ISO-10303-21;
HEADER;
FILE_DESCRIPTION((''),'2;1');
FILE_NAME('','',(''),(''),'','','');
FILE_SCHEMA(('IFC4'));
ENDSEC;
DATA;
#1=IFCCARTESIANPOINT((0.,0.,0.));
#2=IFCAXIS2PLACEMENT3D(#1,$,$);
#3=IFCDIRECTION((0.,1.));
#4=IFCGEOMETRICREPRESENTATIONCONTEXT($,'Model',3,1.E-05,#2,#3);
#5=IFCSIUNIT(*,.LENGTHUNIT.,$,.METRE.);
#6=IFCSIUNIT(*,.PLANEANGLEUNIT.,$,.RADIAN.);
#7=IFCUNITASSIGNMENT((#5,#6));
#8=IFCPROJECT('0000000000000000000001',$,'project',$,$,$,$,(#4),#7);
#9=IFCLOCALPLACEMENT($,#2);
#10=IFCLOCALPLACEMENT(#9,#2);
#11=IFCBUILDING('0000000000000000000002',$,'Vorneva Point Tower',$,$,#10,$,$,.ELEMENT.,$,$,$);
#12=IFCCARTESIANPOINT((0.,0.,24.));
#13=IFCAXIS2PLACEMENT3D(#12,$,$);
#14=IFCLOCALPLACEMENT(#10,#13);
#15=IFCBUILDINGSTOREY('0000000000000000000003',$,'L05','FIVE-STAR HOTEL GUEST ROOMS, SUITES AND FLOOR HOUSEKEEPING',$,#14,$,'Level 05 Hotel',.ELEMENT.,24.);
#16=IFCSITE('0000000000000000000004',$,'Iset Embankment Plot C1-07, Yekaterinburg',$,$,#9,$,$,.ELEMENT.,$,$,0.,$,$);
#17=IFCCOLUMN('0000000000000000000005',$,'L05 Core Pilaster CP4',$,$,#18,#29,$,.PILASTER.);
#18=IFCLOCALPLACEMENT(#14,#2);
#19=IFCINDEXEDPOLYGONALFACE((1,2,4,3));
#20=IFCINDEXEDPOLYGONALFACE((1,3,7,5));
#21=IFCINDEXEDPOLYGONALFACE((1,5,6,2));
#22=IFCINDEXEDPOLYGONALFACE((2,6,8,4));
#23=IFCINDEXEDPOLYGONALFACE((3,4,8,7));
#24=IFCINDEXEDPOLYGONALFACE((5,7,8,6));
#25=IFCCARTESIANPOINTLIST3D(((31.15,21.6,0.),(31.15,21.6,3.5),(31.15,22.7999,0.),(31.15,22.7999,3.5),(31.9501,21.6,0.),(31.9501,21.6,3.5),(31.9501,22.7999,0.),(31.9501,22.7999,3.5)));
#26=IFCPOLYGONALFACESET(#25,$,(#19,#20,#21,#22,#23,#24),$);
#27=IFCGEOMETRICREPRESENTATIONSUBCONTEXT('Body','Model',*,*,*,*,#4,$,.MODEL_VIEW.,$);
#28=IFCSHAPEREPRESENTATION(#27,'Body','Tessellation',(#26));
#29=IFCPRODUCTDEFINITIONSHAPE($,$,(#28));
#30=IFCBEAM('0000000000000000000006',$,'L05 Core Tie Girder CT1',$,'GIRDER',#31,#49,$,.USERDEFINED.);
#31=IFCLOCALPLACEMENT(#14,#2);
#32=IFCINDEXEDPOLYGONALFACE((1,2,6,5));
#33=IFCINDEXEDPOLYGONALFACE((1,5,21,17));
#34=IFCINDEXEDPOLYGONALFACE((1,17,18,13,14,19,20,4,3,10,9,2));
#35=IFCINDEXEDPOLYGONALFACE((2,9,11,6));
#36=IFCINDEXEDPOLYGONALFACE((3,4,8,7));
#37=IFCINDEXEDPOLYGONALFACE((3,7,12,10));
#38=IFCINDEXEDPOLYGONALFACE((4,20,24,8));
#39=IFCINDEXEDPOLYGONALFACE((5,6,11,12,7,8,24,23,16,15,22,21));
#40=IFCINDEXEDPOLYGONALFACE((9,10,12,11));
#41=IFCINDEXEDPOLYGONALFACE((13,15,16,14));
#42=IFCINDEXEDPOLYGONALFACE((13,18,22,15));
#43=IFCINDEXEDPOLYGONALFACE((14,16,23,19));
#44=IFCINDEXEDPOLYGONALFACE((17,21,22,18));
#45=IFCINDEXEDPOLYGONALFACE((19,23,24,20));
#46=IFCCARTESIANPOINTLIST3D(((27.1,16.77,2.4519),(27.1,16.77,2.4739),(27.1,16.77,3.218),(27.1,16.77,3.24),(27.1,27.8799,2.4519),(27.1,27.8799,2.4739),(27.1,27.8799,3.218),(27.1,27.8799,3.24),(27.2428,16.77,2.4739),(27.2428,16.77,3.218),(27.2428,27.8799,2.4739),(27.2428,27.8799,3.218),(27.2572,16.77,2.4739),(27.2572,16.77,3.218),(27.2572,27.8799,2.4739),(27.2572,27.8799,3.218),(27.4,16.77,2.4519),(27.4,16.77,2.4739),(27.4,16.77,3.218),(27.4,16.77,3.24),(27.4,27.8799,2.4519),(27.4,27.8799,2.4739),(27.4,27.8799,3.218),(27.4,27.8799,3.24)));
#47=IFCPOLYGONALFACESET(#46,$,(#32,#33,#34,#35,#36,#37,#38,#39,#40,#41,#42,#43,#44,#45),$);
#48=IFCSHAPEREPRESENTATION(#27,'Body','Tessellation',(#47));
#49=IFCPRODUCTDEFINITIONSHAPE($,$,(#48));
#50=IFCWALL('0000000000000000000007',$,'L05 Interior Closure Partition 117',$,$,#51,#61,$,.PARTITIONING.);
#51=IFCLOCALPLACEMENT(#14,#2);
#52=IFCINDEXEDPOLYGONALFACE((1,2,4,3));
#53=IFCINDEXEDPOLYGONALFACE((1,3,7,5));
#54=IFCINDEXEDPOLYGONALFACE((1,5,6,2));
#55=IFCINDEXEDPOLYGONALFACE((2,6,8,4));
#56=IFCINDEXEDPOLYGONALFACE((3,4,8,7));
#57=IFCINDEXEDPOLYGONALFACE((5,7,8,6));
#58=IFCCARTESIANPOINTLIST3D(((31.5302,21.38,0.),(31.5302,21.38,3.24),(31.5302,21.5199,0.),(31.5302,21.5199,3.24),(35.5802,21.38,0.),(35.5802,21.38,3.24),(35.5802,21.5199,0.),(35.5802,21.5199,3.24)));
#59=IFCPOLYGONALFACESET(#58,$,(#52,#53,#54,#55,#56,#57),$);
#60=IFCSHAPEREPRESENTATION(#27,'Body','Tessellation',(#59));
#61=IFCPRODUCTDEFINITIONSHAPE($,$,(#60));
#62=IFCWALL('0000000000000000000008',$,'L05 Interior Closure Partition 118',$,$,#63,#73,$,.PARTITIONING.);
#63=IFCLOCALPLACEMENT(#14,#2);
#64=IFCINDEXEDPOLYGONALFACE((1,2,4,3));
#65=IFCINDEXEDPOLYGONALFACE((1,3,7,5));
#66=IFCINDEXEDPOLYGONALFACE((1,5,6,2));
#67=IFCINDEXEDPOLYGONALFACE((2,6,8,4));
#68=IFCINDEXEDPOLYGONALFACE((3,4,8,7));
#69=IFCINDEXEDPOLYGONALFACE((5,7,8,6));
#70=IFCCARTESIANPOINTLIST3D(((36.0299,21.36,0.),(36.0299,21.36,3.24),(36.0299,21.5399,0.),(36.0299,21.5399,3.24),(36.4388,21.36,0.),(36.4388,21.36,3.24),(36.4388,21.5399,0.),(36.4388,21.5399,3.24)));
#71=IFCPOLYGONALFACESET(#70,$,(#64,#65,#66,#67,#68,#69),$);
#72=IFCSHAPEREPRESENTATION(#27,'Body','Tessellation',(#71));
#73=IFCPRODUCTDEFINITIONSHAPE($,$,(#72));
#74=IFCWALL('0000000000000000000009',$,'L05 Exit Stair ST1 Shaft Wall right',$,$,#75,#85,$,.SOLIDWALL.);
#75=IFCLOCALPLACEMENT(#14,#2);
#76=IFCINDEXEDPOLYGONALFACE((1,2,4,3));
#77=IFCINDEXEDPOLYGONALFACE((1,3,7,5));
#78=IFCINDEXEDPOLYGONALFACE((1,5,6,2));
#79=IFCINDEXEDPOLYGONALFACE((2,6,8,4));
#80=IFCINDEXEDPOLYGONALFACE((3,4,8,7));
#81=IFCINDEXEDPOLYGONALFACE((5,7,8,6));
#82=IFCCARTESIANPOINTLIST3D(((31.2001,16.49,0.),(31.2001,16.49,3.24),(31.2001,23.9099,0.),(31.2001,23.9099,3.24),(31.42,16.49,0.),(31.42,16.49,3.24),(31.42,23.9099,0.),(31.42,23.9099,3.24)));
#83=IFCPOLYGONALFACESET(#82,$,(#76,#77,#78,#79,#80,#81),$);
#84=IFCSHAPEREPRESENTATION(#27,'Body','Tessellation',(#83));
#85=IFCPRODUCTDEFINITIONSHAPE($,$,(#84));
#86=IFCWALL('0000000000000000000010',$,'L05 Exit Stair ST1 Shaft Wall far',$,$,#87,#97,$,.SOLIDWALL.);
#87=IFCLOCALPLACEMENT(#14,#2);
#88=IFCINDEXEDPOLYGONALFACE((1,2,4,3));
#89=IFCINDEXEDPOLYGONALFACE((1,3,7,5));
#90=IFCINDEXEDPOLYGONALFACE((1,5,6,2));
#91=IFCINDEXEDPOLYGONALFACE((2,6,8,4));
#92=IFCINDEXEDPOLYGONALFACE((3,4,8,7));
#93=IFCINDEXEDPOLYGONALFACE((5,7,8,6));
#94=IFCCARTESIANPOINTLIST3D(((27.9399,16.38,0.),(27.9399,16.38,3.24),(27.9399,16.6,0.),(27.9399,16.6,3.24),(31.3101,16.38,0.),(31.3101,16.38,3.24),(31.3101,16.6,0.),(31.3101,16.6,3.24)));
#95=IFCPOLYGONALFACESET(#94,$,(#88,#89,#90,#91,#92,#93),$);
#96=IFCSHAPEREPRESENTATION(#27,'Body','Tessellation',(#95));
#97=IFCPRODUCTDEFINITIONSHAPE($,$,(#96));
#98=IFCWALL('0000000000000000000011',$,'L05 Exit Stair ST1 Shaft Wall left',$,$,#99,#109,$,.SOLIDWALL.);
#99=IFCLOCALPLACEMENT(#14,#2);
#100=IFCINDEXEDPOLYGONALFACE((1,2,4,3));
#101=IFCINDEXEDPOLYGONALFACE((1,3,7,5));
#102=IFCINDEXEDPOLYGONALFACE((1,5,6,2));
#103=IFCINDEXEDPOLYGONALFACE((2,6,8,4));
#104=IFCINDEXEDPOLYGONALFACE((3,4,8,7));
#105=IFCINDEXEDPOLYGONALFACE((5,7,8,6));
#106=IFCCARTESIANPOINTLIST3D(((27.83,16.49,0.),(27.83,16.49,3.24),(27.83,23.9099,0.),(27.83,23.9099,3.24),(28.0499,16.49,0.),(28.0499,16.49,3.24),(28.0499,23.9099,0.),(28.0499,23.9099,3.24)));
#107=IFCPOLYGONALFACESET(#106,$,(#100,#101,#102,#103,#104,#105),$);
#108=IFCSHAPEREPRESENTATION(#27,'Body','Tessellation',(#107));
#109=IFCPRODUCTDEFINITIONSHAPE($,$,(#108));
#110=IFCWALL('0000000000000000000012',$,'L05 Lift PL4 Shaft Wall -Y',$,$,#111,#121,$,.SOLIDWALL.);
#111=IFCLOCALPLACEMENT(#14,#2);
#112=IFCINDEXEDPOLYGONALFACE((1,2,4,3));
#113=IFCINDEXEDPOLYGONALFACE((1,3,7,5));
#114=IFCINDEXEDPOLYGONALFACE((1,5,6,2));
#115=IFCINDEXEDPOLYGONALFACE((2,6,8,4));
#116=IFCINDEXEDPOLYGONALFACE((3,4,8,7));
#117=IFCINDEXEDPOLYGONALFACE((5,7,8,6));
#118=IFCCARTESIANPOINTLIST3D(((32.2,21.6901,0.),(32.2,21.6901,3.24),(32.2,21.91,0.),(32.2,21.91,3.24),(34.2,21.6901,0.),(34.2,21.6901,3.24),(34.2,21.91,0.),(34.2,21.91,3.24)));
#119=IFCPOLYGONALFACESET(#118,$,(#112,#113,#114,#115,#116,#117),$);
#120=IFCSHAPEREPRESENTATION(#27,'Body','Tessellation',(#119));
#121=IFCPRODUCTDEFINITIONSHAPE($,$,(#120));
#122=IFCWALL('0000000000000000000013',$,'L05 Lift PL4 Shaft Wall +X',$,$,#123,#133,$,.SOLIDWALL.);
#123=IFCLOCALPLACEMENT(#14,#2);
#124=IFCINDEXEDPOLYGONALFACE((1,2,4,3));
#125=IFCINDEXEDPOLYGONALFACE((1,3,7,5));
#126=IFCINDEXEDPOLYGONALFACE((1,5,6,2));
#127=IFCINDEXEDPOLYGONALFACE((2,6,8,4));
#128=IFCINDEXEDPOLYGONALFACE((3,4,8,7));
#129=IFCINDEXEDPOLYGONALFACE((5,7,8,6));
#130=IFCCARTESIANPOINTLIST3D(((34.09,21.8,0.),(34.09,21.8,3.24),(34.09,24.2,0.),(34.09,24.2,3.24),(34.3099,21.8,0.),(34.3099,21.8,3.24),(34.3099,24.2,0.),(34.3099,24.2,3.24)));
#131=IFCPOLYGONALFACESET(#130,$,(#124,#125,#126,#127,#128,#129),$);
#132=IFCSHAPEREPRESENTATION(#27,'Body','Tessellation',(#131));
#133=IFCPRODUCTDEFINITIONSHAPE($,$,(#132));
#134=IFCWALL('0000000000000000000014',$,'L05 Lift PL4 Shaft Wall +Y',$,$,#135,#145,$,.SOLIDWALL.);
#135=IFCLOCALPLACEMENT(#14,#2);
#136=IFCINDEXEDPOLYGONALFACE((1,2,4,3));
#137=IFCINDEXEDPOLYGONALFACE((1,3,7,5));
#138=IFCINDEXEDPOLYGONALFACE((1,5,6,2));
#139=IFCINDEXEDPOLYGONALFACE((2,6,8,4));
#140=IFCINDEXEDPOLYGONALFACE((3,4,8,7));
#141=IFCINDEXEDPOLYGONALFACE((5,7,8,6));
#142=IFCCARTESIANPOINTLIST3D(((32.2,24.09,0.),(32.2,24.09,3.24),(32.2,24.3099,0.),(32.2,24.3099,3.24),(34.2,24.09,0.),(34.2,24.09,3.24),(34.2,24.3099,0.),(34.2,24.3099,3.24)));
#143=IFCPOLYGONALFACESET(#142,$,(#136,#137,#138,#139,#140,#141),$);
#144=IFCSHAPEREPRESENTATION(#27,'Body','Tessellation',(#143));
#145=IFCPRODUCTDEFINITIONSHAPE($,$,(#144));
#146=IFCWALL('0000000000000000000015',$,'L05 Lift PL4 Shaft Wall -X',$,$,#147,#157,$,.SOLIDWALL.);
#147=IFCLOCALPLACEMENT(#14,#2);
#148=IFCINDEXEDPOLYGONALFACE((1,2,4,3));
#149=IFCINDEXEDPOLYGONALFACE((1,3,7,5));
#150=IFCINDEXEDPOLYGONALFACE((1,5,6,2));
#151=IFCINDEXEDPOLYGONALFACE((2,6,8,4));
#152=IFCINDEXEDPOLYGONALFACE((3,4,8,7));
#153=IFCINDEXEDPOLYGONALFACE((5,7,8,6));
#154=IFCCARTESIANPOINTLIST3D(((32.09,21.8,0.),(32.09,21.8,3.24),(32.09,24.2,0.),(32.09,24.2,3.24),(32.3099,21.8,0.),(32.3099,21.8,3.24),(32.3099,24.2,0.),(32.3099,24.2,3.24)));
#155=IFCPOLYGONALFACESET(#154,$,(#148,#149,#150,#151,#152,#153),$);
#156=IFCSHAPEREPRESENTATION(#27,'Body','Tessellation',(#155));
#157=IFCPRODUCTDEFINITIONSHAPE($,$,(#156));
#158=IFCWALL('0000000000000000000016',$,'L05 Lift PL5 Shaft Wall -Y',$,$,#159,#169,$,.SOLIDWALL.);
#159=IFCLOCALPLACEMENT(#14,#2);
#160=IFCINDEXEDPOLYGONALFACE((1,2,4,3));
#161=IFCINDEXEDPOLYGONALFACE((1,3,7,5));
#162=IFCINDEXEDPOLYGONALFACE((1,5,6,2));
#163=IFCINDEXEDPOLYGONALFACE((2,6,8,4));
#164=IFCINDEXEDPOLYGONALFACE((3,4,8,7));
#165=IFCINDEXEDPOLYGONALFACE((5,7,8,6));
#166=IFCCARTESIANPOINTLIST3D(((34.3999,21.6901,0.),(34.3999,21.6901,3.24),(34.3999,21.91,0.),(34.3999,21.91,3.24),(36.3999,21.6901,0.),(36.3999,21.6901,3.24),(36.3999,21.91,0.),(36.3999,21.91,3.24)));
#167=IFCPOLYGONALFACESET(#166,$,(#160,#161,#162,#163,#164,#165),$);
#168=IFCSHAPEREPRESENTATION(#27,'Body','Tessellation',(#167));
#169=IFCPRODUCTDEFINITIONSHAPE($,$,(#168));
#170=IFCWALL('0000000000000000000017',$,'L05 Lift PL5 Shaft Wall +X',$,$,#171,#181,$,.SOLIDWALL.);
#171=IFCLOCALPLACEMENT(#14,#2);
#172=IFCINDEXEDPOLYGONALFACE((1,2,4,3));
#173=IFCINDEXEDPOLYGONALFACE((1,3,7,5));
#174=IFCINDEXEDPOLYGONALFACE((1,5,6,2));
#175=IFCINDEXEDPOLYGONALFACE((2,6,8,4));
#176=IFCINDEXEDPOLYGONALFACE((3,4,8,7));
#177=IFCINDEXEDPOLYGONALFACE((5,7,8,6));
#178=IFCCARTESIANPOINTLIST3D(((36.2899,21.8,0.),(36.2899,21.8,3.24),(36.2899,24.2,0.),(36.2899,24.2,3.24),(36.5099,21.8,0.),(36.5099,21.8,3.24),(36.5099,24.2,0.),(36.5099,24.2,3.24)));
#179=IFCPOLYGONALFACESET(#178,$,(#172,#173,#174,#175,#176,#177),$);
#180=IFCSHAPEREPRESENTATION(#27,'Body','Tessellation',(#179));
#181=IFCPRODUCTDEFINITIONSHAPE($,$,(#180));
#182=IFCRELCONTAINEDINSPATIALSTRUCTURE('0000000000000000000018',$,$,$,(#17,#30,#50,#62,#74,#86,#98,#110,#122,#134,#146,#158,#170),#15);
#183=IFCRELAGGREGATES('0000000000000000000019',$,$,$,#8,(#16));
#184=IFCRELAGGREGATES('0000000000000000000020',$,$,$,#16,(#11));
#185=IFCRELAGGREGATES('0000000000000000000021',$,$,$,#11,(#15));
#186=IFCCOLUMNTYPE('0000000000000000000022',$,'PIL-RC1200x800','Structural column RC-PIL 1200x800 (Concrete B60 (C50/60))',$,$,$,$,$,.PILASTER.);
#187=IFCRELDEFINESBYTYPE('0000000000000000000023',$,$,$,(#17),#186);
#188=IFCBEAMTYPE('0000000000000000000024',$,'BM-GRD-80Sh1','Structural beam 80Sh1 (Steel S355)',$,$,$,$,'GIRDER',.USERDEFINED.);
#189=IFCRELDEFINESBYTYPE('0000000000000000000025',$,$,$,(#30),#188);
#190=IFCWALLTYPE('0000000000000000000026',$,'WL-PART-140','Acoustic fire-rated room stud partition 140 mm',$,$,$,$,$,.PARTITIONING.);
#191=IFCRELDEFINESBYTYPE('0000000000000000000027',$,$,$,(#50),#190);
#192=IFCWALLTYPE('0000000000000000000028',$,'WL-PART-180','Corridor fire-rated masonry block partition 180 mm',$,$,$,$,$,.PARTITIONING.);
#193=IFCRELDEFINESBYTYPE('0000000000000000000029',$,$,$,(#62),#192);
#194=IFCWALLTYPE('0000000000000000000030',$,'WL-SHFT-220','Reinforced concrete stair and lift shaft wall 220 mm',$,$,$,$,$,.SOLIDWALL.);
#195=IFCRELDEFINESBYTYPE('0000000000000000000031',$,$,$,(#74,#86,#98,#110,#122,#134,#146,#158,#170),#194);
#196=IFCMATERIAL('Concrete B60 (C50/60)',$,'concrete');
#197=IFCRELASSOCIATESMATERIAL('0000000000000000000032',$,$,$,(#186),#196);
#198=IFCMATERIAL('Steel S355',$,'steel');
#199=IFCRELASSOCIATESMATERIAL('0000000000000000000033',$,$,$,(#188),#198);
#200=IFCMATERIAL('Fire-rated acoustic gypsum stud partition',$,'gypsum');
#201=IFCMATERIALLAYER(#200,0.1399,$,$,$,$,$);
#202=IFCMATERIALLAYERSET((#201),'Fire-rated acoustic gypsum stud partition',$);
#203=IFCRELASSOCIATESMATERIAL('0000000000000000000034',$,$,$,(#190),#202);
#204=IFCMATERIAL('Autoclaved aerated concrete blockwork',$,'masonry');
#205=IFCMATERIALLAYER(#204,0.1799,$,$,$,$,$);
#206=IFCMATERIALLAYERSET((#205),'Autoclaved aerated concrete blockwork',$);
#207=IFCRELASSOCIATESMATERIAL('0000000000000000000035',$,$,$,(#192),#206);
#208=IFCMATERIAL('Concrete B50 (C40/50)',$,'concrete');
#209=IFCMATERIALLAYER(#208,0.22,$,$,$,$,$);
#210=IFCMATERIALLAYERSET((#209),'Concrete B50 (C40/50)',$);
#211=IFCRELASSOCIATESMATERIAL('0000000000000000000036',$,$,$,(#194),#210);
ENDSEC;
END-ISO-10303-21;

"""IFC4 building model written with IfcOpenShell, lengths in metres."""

from ifc_helpers import new_model, si_unit, direction, frame, frame_2d, origin, origin_2d, place, context, subcontext, project, spatial, rectangle, i_section, extrude, material, layer, layer_set, material_profile, profile_set, type_object, element, save


model = new_model("IFC4")

# Units and contexts
model_context = context("Model", 3, precision=1e-05, world=origin(), true_north=direction((0.0, 1.0)))
body_context = subcontext(model_context, "Body", "Model", "MODEL_VIEW")
ifc_project = project(units=[si_unit("LENGTHUNIT", "METRE"), si_unit("PLANEANGLEUNIT", "RADIAN")], contexts=[model_context])

# Site, building, storey
site_placement = place(None, origin())
site = spatial("IfcSite", under=ifc_project, at=site_placement, Name="Iset Embankment Plot C1-07, Yekaterinburg", CompositionType="ELEMENT", RefElevation=0.0)
building_placement = place(site_placement, origin())
building = spatial("IfcBuilding", under=site, at=building_placement, Name="Vorneva Point Tower", CompositionType="ELEMENT")
storey_placement = place(building_placement, frame((0.0, 0.0, 24.0)))
storey = spatial("IfcBuildingStorey", under=building, at=storey_placement, Name="L05", Description="FIVE-STAR HOTEL GUEST ROOMS, SUITES AND FLOOR HOUSEKEEPING", LongName="Level 05 Hotel", CompositionType="ELEMENT", Elevation=24.0)

# Column
ifc_material_1 = material(Name="Concrete B60 (C50/60)", Category="concrete")
ifc_material_profile_1 = material_profile(ifc_material_1, rectangle(XDim=0.8, YDim=1.2, at=origin_2d()), Name="RC-PIL 1200x800")
ifc_profile_set_1 = profile_set([ifc_material_profile_1], Name="Concrete B60 (C50/60)")
column_type = type_object("IfcColumnType", Name="PIL-RC1200x800", Description="Structural column RC-PIL 1200x800 (Concrete B60 (C50/60))", PredefinedType="PILASTER", material=ifc_profile_set_1)
column_placement = place(storey_placement, frame((31.55, 22.2, 0.0), z_axis=(0.0, 0.0, 1.0), x_axis=(1.0, 0.0, 0.0)))
element("IfcColumn", 1, at=column_placement, inside=storey, type_object=column_type, Name="L05 Core Pilaster CP4", PredefinedType="PILASTER", context=body_context, shape_type="SweptSolid", body=[
    extrude(rectangle(XDim=0.8, YDim=1.2, at=origin_2d()), origin(), (0.0, 0.0, 1.0), 3.5),
])

# Beam
ifc_material_2 = material(Name="Steel S355", Category="steel")
ifc_material_profile_2 = material_profile(ifc_material_2, i_section(OverallWidth=0.3, OverallDepth=0.7881, WebThickness=0.0144, FlangeThickness=0.022, at=origin_2d()), Name="80Sh1")
ifc_profile_set_2 = profile_set([ifc_material_profile_2], Name="Steel S355")
beam_type = type_object("IfcBeamType", Name="BM-GRD-80Sh1", Description="Structural beam 80Sh1 (Steel S355)", ElementType="GIRDER", PredefinedType="USERDEFINED", material=ifc_profile_set_2)
beam_placement = place(storey_placement, frame((27.25, 16.77, 2.8459), z_axis=(0.0, 1.0, 0.0), x_axis=(-1.0, 0.0, 0.0)))
element("IfcBeam", 2, at=beam_placement, inside=storey, type_object=beam_type, Name="L05 Core Tie Girder CT1", ObjectType="GIRDER", PredefinedType="USERDEFINED", context=body_context, shape_type="SweptSolid", body=[
    extrude(i_section(OverallWidth=0.3, OverallDepth=0.7881, WebThickness=0.0144, FlangeThickness=0.022, at=origin_2d()), origin(), (0.0, 0.0, 1.0), 11.1099),
])

# Wall
ifc_material_3 = material(Name="Fire-rated acoustic gypsum stud partition", Category="gypsum")
ifc_layer_1 = layer(ifc_material_3, 0.1399)
ifc_layer_set_1 = layer_set([ifc_layer_1], Name="Fire-rated acoustic gypsum stud partition")
wall_type_1 = type_object("IfcWallType", Name="WL-PART-140", Description="Acoustic fire-rated room stud partition 140 mm", PredefinedType="PARTITIONING", material=ifc_layer_set_1)
wall_1_placement = place(storey_placement, frame((35.5801, 21.45, 0.0), z_axis=(0.0, 0.0, 1.0), x_axis=(-1.0, 0.0, 0.0)))
element("IfcWall", 3, at=wall_1_placement, inside=storey, type_object=wall_type_1, Name="L05 Interior Closure Partition 117", PredefinedType="PARTITIONING", context=body_context, shape_type="SweptSolid", body=[
    extrude(rectangle(XDim=4.05, YDim=0.1399, at=frame_2d((2.0249, 0.0))), origin(), (0.0, 0.0, 1.0), 3.24),
])

# Shared definitions
ifc_material_4 = material(Name="Autoclaved aerated concrete blockwork", Category="masonry")
ifc_layer_2 = layer(ifc_material_4, 0.1799)
ifc_layer_set_2 = layer_set([ifc_layer_2], Name="Autoclaved aerated concrete blockwork")
wall_type_2 = type_object("IfcWallType", Name="WL-PART-180", Description="Corridor fire-rated masonry block partition 180 mm", PredefinedType="PARTITIONING", material=ifc_layer_set_2)

# Wall
wall_2_placement = place(storey_placement, frame((36.439, 21.45, 0.0), z_axis=(0.0, 0.0, 1.0), x_axis=(-1.0, 0.0, 0.0)))
element("IfcWall", 4, at=wall_2_placement, inside=storey, type_object=wall_type_2, Name="L05 Interior Closure Partition 118", PredefinedType="PARTITIONING", context=body_context, shape_type="SweptSolid", body=[
    extrude(rectangle(XDim=0.4089, YDim=0.1799, at=frame_2d((0.2046, 0.0))), origin(), (0.0, 0.0, 1.0), 3.24),
])

# Shared definitions
ifc_material_5 = material(Name="Concrete B50 (C40/50)", Category="concrete")
ifc_layer_3 = layer(ifc_material_5, 0.22)
ifc_layer_set_3 = layer_set([ifc_layer_3], Name="Concrete B50 (C40/50)")
wall_type_3 = type_object("IfcWallType", Name="WL-SHFT-220", Description="Reinforced concrete stair and lift shaft wall 220 mm", PredefinedType="SOLIDWALL", material=ifc_layer_set_3)

# Walls
wall_3_placement = place(storey_placement, frame((31.3101, 23.9099, 0.0), z_axis=(0.0, 0.0, 1.0), x_axis=(0.0, -1.0, 0.0)))
element("IfcWall", 5, at=wall_3_placement, inside=storey, type_object=wall_type_3, Name="L05 Exit Stair ST1 Shaft Wall right", PredefinedType="SOLIDWALL", context=body_context, shape_type="SweptSolid", body=[
    extrude(rectangle(XDim=7.4199, YDim=0.22, at=frame_2d((3.71, 0.0))), origin(), (0.0, 0.0, 1.0), 3.24),
])
wall_4_placement = place(storey_placement, frame((31.3101, 16.49, 0.0), z_axis=(0.0, 0.0, 1.0), x_axis=(-1.0, 0.0, 0.0)))
element("IfcWall", 6, at=wall_4_placement, inside=storey, type_object=wall_type_3, Name="L05 Exit Stair ST1 Shaft Wall far", PredefinedType="SOLIDWALL", context=body_context, shape_type="SweptSolid", body=[
    extrude(rectangle(XDim=3.3701, YDim=0.22, at=frame_2d((1.6851, 0.0))), origin(), (0.0, 0.0, 1.0), 3.24),
])
wall_5_placement = place(storey_placement, frame((27.9399, 16.49, 0.0), z_axis=(0.0, 0.0, 1.0), x_axis=(0.0, 1.0, 0.0)))
element("IfcWall", 7, at=wall_5_placement, inside=storey, type_object=wall_type_3, Name="L05 Exit Stair ST1 Shaft Wall left", PredefinedType="SOLIDWALL", context=body_context, shape_type="SweptSolid", body=[
    extrude(rectangle(XDim=7.4199, YDim=0.22, at=frame_2d((3.71, 0.0))), origin(), (0.0, 0.0, 1.0), 3.24),
])
wall_6_placement = place(storey_placement, frame((32.2, 21.8, 0.0), z_axis=(0.0, 0.0, 1.0), x_axis=(1.0, 0.0, 0.0)))
element("IfcWall", 8, at=wall_6_placement, inside=storey, type_object=wall_type_3, Name="L05 Lift PL4 Shaft Wall -Y", PredefinedType="SOLIDWALL", context=body_context, shape_type="SweptSolid", body=[
    extrude(rectangle(XDim=2.0, YDim=0.22, at=frame_2d((1.0, 0.0))), origin(), (0.0, 0.0, 1.0), 3.24),
])
wall_7_placement = place(storey_placement, frame((34.2, 21.8, 0.0), z_axis=(0.0, 0.0, 1.0), x_axis=(0.0, 1.0, 0.0)))
element("IfcWall", 9, at=wall_7_placement, inside=storey, type_object=wall_type_3, Name="L05 Lift PL4 Shaft Wall +X", PredefinedType="SOLIDWALL", context=body_context, shape_type="SweptSolid", body=[
    extrude(rectangle(XDim=2.3999, YDim=0.22, at=frame_2d((1.2, 0.0))), origin(), (0.0, 0.0, 1.0), 3.24),
])
wall_8_placement = place(storey_placement, frame((34.2, 24.2, 0.0), z_axis=(0.0, 0.0, 1.0), x_axis=(-1.0, 0.0, 0.0)))
element("IfcWall", 10, at=wall_8_placement, inside=storey, type_object=wall_type_3, Name="L05 Lift PL4 Shaft Wall +Y", PredefinedType="SOLIDWALL", context=body_context, shape_type="SweptSolid", body=[
    extrude(rectangle(XDim=2.0, YDim=0.22, at=frame_2d((1.0, 0.0))), origin(), (0.0, 0.0, 1.0), 3.24),
])
wall_9_placement = place(storey_placement, frame((32.2, 24.2, 0.0), z_axis=(0.0, 0.0, 1.0), x_axis=(0.0, -1.0, 0.0)))
element("IfcWall", 11, at=wall_9_placement, inside=storey, type_object=wall_type_3, Name="L05 Lift PL4 Shaft Wall -X", PredefinedType="SOLIDWALL", context=body_context, shape_type="SweptSolid", body=[
    extrude(rectangle(XDim=2.3999, YDim=0.22, at=frame_2d((1.2, 0.0))), origin(), (0.0, 0.0, 1.0), 3.24),
])
wall_10_placement = place(storey_placement, frame((34.3999, 21.8, 0.0), z_axis=(0.0, 0.0, 1.0), x_axis=(1.0, 0.0, 0.0)))
element("IfcWall", 12, at=wall_10_placement, inside=storey, type_object=wall_type_3, Name="L05 Lift PL5 Shaft Wall -Y", PredefinedType="SOLIDWALL", context=body_context, shape_type="SweptSolid", body=[
    extrude(rectangle(XDim=2.0, YDim=0.22, at=frame_2d((1.0, 0.0))), origin(), (0.0, 0.0, 1.0), 3.24),
])
wall_11_placement = place(storey_placement, frame((36.3999, 21.8, 0.0), z_axis=(0.0, 0.0, 1.0), x_axis=(0.0, 1.0, 0.0)))
element("IfcWall", 13, at=wall_11_placement, inside=storey, type_object=wall_type_3, Name="L05 Lift PL5 Shaft Wall +X", PredefinedType="SOLIDWALL", context=body_context, shape_type="SweptSolid", body=[
    extrude(rectangle(XDim=2.3999, YDim=0.22, at=frame_2d((1.2, 0.0))), origin(), (0.0, 0.0, 1.0), 3.24),
])

save(model, "model.ifc")
